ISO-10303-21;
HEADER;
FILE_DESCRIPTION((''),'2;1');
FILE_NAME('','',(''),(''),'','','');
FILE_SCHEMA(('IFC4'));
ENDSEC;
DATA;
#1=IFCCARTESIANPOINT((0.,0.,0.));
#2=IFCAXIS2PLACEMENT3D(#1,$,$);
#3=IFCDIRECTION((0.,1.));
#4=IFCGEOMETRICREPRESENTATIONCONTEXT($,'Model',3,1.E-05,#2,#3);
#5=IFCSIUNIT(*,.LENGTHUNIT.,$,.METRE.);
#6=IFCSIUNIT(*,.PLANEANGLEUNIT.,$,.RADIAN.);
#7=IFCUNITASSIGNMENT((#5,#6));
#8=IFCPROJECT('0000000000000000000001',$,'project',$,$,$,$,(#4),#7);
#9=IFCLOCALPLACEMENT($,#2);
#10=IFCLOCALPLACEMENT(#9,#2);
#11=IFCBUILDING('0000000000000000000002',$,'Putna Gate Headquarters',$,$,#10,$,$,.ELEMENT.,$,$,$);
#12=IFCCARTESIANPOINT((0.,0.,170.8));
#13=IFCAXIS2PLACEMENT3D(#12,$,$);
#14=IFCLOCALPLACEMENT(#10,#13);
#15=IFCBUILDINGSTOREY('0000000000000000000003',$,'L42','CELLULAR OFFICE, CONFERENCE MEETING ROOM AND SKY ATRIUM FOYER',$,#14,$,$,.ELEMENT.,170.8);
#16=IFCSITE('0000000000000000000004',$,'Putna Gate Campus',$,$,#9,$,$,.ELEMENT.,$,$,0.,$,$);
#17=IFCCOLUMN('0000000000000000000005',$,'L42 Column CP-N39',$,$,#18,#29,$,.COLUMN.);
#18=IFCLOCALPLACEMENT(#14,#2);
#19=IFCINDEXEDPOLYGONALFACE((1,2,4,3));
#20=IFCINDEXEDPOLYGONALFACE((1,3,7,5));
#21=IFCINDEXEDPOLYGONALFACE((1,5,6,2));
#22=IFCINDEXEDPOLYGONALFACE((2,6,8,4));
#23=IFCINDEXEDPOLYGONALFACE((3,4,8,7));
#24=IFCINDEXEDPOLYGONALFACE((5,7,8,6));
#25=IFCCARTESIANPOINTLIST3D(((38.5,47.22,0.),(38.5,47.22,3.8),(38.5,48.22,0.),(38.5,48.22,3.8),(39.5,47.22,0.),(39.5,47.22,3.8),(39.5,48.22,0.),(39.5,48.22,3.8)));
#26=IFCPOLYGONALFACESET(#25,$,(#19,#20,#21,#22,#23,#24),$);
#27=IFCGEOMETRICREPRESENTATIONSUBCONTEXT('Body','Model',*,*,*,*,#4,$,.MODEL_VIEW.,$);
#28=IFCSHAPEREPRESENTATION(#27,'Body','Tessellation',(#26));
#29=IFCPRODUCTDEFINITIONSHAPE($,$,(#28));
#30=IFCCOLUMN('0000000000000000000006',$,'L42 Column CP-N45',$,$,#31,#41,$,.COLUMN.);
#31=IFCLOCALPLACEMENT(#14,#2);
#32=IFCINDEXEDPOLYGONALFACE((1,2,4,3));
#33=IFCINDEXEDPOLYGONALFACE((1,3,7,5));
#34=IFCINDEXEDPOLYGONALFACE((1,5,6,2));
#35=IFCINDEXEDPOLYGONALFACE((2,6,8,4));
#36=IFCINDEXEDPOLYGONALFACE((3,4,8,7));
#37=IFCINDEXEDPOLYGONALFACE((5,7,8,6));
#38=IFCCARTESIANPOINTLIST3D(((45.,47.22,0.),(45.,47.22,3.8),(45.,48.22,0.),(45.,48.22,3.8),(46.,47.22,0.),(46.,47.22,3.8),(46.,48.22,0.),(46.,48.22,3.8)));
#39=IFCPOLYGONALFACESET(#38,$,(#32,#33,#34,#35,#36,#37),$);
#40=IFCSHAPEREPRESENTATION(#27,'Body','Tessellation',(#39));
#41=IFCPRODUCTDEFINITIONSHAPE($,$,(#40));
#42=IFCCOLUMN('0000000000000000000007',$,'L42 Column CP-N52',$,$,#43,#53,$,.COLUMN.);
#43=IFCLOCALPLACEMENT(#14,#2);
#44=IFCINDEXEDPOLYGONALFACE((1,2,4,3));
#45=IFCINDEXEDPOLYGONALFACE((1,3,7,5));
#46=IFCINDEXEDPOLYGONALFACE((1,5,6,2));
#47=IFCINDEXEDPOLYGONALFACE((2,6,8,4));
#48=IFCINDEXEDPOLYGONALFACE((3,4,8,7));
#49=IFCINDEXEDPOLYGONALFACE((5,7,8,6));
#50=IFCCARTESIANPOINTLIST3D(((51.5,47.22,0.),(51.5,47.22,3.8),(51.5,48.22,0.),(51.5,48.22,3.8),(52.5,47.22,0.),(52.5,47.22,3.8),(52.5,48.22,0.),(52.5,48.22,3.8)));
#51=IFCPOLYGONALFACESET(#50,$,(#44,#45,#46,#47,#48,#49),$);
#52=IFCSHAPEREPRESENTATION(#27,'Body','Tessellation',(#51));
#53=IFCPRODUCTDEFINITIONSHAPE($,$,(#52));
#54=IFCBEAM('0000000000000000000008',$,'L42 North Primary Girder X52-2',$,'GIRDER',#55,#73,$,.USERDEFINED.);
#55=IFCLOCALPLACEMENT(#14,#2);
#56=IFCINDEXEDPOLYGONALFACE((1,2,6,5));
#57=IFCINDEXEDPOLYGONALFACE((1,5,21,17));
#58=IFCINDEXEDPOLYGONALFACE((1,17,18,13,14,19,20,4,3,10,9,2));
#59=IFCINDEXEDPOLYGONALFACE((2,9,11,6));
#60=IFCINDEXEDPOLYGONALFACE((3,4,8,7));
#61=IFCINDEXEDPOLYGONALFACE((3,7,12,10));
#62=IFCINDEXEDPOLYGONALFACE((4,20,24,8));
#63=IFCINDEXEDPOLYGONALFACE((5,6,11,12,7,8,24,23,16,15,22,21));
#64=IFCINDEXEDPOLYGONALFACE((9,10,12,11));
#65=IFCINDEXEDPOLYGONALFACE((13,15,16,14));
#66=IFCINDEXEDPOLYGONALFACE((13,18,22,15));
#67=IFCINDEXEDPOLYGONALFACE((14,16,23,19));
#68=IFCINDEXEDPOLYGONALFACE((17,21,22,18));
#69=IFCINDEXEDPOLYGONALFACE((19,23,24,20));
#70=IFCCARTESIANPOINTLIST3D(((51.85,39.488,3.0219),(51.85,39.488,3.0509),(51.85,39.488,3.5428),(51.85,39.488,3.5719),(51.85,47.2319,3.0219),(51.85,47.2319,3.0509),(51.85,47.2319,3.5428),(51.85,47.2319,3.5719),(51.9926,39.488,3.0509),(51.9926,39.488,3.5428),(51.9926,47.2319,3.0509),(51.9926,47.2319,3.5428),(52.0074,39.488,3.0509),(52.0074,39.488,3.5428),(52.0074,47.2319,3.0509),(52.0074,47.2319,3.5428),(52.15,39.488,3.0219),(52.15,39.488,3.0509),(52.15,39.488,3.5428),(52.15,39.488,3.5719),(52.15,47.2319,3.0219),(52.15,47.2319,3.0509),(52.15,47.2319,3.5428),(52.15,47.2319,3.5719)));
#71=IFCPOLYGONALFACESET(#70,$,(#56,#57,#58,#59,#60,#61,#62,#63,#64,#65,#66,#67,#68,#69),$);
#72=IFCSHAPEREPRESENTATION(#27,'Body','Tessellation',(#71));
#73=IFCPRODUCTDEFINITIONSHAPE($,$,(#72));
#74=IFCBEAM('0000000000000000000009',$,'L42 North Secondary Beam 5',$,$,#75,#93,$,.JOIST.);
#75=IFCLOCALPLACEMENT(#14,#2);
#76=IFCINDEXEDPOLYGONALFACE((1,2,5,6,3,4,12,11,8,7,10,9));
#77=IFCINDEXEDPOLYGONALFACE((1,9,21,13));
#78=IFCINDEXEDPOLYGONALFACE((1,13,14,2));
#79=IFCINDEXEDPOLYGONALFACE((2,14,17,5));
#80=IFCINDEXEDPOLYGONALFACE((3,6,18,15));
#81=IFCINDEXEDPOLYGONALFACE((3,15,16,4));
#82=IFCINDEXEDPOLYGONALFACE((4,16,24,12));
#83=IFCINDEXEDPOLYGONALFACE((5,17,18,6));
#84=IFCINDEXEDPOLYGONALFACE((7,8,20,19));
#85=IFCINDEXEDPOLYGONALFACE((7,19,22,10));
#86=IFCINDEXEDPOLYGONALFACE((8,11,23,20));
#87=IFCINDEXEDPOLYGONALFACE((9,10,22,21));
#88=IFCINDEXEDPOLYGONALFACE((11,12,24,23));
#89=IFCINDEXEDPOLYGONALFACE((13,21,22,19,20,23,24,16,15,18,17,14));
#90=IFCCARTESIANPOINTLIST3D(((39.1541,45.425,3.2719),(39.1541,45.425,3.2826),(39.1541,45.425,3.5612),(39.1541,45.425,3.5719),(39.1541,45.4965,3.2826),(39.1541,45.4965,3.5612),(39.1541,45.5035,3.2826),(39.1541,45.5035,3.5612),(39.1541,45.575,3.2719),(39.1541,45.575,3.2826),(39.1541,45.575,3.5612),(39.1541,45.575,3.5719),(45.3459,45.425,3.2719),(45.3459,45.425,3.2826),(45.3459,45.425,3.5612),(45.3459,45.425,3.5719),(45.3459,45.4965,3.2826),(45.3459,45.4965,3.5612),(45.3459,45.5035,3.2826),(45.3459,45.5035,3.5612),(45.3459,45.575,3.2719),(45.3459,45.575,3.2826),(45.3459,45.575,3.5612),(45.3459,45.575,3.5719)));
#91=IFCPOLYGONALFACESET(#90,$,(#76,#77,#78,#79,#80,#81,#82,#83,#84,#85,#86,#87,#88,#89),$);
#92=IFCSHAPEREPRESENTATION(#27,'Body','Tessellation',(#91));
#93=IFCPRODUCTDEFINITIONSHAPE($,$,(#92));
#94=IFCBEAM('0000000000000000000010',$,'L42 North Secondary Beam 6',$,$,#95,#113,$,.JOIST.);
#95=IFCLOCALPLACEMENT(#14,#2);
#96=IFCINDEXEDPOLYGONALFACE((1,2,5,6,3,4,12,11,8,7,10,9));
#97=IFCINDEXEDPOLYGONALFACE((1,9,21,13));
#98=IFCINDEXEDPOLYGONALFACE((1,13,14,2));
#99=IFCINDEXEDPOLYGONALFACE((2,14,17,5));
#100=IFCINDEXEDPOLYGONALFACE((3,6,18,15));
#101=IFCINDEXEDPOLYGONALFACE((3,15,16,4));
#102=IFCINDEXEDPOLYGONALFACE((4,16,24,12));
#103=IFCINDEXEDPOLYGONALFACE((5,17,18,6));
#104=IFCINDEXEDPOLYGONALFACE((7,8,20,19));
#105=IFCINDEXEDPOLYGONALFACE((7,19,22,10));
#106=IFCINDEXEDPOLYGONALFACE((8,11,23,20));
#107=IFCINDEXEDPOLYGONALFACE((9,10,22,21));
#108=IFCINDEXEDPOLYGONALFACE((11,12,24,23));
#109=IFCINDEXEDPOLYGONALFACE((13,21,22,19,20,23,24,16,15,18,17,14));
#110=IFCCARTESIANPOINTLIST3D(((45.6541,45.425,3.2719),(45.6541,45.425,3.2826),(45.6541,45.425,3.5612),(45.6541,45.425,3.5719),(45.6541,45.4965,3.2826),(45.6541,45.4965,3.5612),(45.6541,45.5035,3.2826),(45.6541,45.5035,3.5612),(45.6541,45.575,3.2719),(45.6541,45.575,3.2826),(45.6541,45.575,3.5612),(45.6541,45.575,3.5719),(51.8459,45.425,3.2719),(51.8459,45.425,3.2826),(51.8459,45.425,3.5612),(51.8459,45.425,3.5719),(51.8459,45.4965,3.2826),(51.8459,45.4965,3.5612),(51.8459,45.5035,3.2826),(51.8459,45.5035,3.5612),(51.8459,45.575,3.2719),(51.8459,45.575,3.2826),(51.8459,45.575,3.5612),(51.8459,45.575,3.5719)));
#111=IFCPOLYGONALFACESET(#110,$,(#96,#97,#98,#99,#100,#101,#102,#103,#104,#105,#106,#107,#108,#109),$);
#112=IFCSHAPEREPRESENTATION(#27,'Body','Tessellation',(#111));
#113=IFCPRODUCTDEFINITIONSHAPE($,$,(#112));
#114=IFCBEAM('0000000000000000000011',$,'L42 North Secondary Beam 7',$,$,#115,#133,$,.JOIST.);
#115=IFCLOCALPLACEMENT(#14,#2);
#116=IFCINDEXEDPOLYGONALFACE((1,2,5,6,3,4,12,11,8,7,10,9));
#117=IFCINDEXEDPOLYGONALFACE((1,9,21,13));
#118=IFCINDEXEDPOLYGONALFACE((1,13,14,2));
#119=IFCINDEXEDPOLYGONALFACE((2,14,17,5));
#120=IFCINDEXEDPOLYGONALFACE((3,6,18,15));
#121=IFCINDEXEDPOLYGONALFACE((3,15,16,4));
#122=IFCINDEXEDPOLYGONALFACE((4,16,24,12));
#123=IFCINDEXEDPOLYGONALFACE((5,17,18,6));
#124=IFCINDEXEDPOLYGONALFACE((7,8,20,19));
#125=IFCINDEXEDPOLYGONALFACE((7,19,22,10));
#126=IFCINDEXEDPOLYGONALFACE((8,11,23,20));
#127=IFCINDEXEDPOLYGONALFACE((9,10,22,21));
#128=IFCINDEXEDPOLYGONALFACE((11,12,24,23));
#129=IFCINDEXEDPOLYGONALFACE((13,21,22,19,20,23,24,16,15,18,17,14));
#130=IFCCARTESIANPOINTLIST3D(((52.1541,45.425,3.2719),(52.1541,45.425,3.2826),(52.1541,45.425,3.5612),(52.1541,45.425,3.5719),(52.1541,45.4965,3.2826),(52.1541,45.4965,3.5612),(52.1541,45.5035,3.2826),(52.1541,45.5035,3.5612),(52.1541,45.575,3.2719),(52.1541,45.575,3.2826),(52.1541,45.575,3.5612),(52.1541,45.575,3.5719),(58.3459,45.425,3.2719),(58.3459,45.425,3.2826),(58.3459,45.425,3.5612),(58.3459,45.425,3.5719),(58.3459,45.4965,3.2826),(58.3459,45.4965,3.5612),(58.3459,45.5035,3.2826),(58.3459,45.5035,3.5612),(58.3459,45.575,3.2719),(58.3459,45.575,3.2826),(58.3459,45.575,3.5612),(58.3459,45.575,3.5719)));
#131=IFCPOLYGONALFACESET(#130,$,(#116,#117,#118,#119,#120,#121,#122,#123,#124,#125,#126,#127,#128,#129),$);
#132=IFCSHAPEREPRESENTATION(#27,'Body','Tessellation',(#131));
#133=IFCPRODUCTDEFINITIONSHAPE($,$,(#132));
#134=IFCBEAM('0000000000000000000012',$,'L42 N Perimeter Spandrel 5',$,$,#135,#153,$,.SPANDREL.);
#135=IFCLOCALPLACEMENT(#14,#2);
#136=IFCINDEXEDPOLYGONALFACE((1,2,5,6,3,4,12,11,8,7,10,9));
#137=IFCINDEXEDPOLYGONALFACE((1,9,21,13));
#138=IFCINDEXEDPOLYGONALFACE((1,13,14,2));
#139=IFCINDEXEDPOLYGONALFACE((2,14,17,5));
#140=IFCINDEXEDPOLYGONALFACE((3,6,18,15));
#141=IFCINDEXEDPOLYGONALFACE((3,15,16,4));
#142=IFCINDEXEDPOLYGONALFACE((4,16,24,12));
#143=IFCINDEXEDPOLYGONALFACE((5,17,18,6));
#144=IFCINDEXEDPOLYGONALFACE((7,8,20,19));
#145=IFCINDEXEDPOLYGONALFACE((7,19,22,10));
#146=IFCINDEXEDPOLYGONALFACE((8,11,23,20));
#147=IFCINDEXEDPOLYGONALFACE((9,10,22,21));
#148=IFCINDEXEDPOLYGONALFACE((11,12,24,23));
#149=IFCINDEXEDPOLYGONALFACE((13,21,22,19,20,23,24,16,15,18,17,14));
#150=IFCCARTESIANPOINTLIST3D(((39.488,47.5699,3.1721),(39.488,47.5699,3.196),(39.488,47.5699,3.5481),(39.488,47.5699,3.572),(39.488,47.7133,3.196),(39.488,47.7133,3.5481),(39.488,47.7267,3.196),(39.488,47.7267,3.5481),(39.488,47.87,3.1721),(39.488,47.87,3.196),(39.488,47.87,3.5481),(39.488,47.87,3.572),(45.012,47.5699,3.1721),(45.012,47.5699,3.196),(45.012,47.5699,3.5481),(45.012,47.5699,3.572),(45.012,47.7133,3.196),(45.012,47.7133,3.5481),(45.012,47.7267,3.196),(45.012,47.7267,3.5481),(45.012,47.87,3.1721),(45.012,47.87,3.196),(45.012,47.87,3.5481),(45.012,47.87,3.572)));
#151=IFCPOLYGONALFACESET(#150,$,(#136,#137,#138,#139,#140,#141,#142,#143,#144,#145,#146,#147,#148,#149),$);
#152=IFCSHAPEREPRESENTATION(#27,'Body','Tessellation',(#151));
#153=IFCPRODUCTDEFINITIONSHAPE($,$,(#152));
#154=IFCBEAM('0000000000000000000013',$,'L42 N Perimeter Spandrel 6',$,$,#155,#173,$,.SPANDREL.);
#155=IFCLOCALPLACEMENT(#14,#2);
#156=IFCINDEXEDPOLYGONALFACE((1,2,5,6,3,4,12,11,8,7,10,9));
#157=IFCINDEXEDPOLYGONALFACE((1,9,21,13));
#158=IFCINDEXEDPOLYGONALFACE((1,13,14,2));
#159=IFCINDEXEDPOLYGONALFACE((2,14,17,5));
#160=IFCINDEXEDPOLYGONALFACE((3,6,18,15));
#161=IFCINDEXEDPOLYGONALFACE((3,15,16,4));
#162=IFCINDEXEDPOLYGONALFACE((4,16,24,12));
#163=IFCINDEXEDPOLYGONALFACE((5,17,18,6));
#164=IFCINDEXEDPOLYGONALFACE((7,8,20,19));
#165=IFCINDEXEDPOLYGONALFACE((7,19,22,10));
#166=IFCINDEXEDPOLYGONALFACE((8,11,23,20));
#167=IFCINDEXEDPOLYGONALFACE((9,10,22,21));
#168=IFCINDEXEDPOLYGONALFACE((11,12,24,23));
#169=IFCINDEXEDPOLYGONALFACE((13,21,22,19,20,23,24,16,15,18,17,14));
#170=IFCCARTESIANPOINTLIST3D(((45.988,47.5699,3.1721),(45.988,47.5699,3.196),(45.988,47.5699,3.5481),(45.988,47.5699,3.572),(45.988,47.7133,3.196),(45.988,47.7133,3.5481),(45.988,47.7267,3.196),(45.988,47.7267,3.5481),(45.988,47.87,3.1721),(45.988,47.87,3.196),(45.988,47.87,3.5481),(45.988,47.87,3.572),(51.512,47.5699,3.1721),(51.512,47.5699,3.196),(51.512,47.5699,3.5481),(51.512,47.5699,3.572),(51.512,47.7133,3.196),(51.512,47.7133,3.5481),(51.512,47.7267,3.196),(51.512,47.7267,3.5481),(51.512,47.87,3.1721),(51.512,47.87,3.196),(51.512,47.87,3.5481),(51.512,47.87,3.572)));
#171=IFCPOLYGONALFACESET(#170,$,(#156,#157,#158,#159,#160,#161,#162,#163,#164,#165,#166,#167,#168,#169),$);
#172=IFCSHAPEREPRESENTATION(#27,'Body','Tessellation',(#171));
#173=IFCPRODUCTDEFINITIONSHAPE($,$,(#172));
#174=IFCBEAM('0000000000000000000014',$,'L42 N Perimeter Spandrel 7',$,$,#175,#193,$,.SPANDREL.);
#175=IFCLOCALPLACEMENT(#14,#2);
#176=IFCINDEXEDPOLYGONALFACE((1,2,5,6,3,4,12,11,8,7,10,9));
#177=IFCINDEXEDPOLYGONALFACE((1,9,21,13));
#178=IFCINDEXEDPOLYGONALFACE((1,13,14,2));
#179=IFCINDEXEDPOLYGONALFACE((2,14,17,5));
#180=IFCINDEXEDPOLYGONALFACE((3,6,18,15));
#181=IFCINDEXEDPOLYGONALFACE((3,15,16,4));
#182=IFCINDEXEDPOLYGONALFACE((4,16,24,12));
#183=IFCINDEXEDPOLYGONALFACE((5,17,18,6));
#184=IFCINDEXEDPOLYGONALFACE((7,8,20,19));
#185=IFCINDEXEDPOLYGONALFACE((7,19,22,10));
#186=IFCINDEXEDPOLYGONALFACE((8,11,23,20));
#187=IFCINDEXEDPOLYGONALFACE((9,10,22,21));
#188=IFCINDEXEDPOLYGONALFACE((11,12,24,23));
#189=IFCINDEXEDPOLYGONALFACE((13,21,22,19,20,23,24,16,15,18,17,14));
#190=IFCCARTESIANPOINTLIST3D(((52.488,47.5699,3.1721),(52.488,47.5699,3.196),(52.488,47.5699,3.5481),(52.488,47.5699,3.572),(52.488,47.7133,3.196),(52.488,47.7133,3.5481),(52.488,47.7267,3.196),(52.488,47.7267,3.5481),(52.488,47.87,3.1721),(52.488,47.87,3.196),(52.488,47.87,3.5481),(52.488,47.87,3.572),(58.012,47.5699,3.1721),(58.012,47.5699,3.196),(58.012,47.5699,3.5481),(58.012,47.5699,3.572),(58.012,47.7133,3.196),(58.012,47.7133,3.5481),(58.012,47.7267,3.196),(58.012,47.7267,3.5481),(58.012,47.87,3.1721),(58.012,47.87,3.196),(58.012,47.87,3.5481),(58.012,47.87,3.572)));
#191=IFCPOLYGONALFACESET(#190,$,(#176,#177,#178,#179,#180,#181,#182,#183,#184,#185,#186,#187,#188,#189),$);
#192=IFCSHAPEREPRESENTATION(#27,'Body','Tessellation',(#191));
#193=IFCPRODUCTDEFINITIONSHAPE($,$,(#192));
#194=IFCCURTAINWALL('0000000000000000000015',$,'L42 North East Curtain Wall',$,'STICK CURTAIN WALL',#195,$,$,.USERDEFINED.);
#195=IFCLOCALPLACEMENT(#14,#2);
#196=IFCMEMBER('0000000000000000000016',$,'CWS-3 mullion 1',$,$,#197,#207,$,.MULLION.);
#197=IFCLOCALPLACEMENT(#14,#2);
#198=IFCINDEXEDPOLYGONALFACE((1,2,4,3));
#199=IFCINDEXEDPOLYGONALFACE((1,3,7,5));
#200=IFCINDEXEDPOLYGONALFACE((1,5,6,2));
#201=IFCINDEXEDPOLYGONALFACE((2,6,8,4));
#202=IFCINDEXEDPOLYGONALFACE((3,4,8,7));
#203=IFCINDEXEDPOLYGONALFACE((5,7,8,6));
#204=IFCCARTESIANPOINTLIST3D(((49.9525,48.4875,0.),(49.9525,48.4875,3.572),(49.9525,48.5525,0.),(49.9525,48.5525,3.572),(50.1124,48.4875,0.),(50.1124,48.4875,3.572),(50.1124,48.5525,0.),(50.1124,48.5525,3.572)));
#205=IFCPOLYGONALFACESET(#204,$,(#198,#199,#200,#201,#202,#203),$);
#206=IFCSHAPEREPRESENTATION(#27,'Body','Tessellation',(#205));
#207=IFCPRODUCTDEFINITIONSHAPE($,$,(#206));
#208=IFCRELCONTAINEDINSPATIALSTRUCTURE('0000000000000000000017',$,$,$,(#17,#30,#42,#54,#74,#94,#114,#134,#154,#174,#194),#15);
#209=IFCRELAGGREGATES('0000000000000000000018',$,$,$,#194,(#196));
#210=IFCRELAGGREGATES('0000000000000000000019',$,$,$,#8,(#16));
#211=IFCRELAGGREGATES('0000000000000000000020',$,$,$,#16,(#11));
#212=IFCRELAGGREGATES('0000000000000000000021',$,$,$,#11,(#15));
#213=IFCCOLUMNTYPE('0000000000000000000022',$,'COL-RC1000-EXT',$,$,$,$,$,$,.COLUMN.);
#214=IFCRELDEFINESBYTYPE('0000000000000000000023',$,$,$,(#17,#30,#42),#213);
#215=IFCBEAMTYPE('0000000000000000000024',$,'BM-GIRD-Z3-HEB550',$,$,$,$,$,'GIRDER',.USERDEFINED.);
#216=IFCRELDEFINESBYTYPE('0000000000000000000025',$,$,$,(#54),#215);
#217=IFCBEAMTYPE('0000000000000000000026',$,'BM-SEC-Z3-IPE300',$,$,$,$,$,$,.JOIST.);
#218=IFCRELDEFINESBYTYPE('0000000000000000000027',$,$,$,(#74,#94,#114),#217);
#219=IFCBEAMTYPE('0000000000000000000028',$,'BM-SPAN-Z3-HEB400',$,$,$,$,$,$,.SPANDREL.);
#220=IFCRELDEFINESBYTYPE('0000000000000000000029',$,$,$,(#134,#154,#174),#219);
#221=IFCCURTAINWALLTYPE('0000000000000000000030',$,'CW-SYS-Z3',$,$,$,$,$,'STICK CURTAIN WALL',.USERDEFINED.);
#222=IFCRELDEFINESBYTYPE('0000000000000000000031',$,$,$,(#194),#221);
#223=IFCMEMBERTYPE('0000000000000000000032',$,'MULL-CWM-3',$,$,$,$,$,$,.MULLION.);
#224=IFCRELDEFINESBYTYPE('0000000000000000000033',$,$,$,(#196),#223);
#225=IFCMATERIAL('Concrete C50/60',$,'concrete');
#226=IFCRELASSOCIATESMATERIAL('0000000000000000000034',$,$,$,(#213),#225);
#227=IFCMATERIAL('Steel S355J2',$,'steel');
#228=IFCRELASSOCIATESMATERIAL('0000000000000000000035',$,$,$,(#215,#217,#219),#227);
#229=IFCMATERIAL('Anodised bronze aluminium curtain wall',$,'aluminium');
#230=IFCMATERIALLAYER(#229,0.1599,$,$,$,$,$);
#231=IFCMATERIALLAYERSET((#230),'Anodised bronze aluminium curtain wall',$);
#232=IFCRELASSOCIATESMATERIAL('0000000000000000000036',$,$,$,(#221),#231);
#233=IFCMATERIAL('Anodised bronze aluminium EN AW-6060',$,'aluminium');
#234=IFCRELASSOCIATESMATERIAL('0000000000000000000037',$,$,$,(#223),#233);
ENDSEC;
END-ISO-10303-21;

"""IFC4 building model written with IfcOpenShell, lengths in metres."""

from ifc_helpers import new_model, si_unit, direction, frame, origin, origin_2d, place, context, subcontext, project, spatial, rectangle, i_section, extrude, material, layer, layer_set, material_profile, profile_set, type_object, element, aggregate, save


model = new_model("IFC4")

# Units and contexts
model_context = context("Model", 3, precision=1e-05, world=origin(), true_north=direction((0.0, 1.0)))
body_context = subcontext(model_context, "Body", "Model", "MODEL_VIEW")
ifc_project = project(units=[si_unit("LENGTHUNIT", "METRE"), si_unit("PLANEANGLEUNIT", "RADIAN")], contexts=[model_context])

# Site, building, storey
site_placement = place(None, origin())
site = spatial("IfcSite", under=ifc_project, at=site_placement, Name="Putna Gate Campus", CompositionType="ELEMENT", RefElevation=0.0)
building_placement = place(site_placement, origin())
building = spatial("IfcBuilding", under=site, at=building_placement, Name="Putna Gate Headquarters", CompositionType="ELEMENT")
storey_placement = place(building_placement, frame((0.0, 0.0, 170.8)))
storey = spatial("IfcBuildingStorey", under=building, at=storey_placement, Name="L42", Description="CELLULAR OFFICE, CONFERENCE MEETING ROOM AND SKY ATRIUM FOYER", CompositionType="ELEMENT", Elevation=170.8)

# Columns
ifc_material_1 = material(Name="Concrete C50/60", Category="concrete")
ifc_material_profile_1 = material_profile(ifc_material_1, rectangle(XDim=1.0, YDim=1.0, at=origin_2d()), Name="Concrete C50/60")
ifc_profile_set_1 = profile_set([ifc_material_profile_1], Name="Concrete C50/60")
column_type = type_object("IfcColumnType", Name="COL-RC1000-EXT", PredefinedType="COLUMN", material=ifc_profile_set_1)
for number, where, z_axis, x_axis, name in (
    (1, (39.0, 47.72, 0.0), (0.0, 0.0, 1.0), (1.0, 0.0, 0.0), "L42 Column CP-N39"),
    (2, (45.5, 47.72, 0.0), (0.0, 0.0, 1.0), (1.0, 0.0, 0.0), "L42 Column CP-N45"),
    (3, (52.0, 47.72, 0.0), (0.0, 0.0, 1.0), (1.0, 0.0, 0.0), "L42 Column CP-N52"),
):
    element("IfcColumn", number, at=place(storey_placement, frame(where, z_axis=z_axis, x_axis=x_axis)), inside=storey, type_object=column_type, Name=name, PredefinedType="COLUMN", context=body_context, shape_type="SweptSolid", body=[
        extrude(rectangle(XDim=1.0, YDim=1.0, at=origin_2d()), origin(), (0.0, 0.0, 1.0), 3.8),
    ])

# Beams
ifc_material_2 = material(Name="Steel S355J2", Category="steel")
ifc_material_profile_2 = material_profile(ifc_material_2, i_section(OverallWidth=0.3, OverallDepth=0.55, WebThickness=0.0149, FlangeThickness=0.0291, at=origin_2d()), Name="Steel S355J2")
ifc_profile_set_2 = profile_set([ifc_material_profile_2], Name="Steel S355J2")
beam_type_1 = type_object("IfcBeamType", Name="BM-GIRD-Z3-HEB550", ElementType="GIRDER", PredefinedType="USERDEFINED", material=ifc_profile_set_2)
beam_placement = place(storey_placement, frame((52.0, 39.488, 3.2969), z_axis=(0.0, 1.0, 0.0), x_axis=(-1.0, 0.0, 0.0)))
element("IfcBeam", 4, at=beam_placement, inside=storey, type_object=beam_type_1, Name="L42 North Primary Girder X52-2", ObjectType="GIRDER", PredefinedType="USERDEFINED", context=body_context, shape_type="SweptSolid", body=[
    extrude(i_section(OverallWidth=0.3, OverallDepth=0.55, WebThickness=0.0149, FlangeThickness=0.0291, at=origin_2d()), origin(), (0.0, 0.0, 1.0), 7.7439),
])
ifc_material_profile_3 = material_profile(ifc_material_2, i_section(OverallWidth=0.1499, OverallDepth=0.3, WebThickness=0.0071, FlangeThickness=0.0107, at=origin_2d()), Name="Steel S355J2")
ifc_profile_set_3 = profile_set([ifc_material_profile_3], Name="Steel S355J2")
beam_type_2 = type_object("IfcBeamType", Name="BM-SEC-Z3-IPE300", PredefinedType="JOIST", material=ifc_profile_set_3)
for number, where, z_axis, x_axis, name in (
    (5, (39.1541, 45.5, 3.4219), (1.0, 0.0, 0.0), (0.0, 1.0, 0.0), "L42 North Secondary Beam 5"),
    (6, (45.6541, 45.5, 3.4219), (1.0, 0.0, 0.0), (0.0, 1.0, 0.0), "L42 North Secondary Beam 6"),
    (7, (52.1541, 45.5, 3.4219), (1.0, 0.0, 0.0), (0.0, 1.0, 0.0), "L42 North Secondary Beam 7"),
):
    element("IfcBeam", number, at=place(storey_placement, frame(where, z_axis=z_axis, x_axis=x_axis)), inside=storey, type_object=beam_type_2, Name=name, PredefinedType="JOIST", context=body_context, shape_type="SweptSolid", body=[
        extrude(i_section(OverallWidth=0.1499, OverallDepth=0.3, WebThickness=0.0071, FlangeThickness=0.0107, at=origin_2d()), origin(), (0.0, 0.0, 1.0), 6.1919),
    ])
ifc_material_profile_4 = material_profile(ifc_material_2, i_section(OverallWidth=0.3, OverallDepth=0.3999, WebThickness=0.0134, FlangeThickness=0.0239, at=origin_2d()), Name="Steel S355J2")
ifc_profile_set_4 = profile_set([ifc_material_profile_4], Name="Steel S355J2")
beam_type_3 = type_object("IfcBeamType", Name="BM-SPAN-Z3-HEB400", PredefinedType="SPANDREL", material=ifc_profile_set_4)
for number, where, z_axis, x_axis, name in (
    (8, (39.488, 47.72, 3.3721), (1.0, 0.0, 0.0), (0.0, 1.0, 0.0), "L42 N Perimeter Spandrel 5"),
    (9, (45.988, 47.72, 3.3721), (1.0, 0.0, 0.0), (0.0, 1.0, 0.0), "L42 N Perimeter Spandrel 6"),
    (10, (52.488, 47.72, 3.3721), (1.0, 0.0, 0.0), (0.0, 1.0, 0.0), "L42 N Perimeter Spandrel 7"),
):
    element("IfcBeam", number, at=place(storey_placement, frame(where, z_axis=z_axis, x_axis=x_axis)), inside=storey, type_object=beam_type_3, Name=name, PredefinedType="SPANDREL", context=body_context, shape_type="SweptSolid", body=[
        extrude(i_section(OverallWidth=0.3, OverallDepth=0.3999, WebThickness=0.0134, FlangeThickness=0.0239, at=origin_2d()), origin(), (0.0, 0.0, 1.0), 5.5239),
    ])

# Curtain wall, member
ifc_material_3 = material(Name="Anodised bronze aluminium curtain wall", Category="aluminium")
ifc_layer_1 = layer(ifc_material_3, 0.1599)
ifc_layer_set_1 = layer_set([ifc_layer_1], Name="Anodised bronze aluminium curtain wall")
curtain_wall_type_1 = type_object("IfcCurtainWallType", Name="CW-SYS-Z3", ElementType="STICK CURTAIN WALL", PredefinedType="USERDEFINED", material=ifc_layer_set_1)
curtain_wall_1_placement = place(storey_placement, origin())
curtain_wall_1 = element("IfcCurtainWall", 11, at=curtain_wall_1_placement, inside=storey, type_object=curtain_wall_type_1, Name="L42 North East Curtain Wall", ObjectType="STICK CURTAIN WALL", PredefinedType="USERDEFINED")
ifc_material_4 = material(Name="Anodised bronze aluminium EN AW-6060", Category="aluminium")
ifc_material_profile_5 = material_profile(ifc_material_4, rectangle(XDim=0.0649, YDim=0.1599, at=origin_2d()), Name="Anodised bronze aluminium EN AW-6060")
ifc_profile_set_5 = profile_set([ifc_material_profile_5], Name="Anodised bronze aluminium EN AW-6060")
member_type_1 = type_object("IfcMemberType", Name="MULL-CWM-3", PredefinedType="MULLION", material=ifc_profile_set_5)
member_1_placement = place(storey_placement, frame((50.0325, 48.52, 0.0), z_axis=(0.0, 0.0, 1.0), x_axis=(0.0, 1.0, 0.0)))
member_1 = element("IfcMember", 12, at=member_1_placement, type_object=member_type_1, Name="CWS-3 mullion 1", PredefinedType="MULLION", context=body_context, shape_type="SweptSolid", body=[
    extrude(rectangle(XDim=0.0649, YDim=0.1599, at=origin_2d()), origin(), (0.0, 0.0, 1.0), 3.572),
])

aggregate(curtain_wall_1, [member_1])

save(model, "model.ifc")
